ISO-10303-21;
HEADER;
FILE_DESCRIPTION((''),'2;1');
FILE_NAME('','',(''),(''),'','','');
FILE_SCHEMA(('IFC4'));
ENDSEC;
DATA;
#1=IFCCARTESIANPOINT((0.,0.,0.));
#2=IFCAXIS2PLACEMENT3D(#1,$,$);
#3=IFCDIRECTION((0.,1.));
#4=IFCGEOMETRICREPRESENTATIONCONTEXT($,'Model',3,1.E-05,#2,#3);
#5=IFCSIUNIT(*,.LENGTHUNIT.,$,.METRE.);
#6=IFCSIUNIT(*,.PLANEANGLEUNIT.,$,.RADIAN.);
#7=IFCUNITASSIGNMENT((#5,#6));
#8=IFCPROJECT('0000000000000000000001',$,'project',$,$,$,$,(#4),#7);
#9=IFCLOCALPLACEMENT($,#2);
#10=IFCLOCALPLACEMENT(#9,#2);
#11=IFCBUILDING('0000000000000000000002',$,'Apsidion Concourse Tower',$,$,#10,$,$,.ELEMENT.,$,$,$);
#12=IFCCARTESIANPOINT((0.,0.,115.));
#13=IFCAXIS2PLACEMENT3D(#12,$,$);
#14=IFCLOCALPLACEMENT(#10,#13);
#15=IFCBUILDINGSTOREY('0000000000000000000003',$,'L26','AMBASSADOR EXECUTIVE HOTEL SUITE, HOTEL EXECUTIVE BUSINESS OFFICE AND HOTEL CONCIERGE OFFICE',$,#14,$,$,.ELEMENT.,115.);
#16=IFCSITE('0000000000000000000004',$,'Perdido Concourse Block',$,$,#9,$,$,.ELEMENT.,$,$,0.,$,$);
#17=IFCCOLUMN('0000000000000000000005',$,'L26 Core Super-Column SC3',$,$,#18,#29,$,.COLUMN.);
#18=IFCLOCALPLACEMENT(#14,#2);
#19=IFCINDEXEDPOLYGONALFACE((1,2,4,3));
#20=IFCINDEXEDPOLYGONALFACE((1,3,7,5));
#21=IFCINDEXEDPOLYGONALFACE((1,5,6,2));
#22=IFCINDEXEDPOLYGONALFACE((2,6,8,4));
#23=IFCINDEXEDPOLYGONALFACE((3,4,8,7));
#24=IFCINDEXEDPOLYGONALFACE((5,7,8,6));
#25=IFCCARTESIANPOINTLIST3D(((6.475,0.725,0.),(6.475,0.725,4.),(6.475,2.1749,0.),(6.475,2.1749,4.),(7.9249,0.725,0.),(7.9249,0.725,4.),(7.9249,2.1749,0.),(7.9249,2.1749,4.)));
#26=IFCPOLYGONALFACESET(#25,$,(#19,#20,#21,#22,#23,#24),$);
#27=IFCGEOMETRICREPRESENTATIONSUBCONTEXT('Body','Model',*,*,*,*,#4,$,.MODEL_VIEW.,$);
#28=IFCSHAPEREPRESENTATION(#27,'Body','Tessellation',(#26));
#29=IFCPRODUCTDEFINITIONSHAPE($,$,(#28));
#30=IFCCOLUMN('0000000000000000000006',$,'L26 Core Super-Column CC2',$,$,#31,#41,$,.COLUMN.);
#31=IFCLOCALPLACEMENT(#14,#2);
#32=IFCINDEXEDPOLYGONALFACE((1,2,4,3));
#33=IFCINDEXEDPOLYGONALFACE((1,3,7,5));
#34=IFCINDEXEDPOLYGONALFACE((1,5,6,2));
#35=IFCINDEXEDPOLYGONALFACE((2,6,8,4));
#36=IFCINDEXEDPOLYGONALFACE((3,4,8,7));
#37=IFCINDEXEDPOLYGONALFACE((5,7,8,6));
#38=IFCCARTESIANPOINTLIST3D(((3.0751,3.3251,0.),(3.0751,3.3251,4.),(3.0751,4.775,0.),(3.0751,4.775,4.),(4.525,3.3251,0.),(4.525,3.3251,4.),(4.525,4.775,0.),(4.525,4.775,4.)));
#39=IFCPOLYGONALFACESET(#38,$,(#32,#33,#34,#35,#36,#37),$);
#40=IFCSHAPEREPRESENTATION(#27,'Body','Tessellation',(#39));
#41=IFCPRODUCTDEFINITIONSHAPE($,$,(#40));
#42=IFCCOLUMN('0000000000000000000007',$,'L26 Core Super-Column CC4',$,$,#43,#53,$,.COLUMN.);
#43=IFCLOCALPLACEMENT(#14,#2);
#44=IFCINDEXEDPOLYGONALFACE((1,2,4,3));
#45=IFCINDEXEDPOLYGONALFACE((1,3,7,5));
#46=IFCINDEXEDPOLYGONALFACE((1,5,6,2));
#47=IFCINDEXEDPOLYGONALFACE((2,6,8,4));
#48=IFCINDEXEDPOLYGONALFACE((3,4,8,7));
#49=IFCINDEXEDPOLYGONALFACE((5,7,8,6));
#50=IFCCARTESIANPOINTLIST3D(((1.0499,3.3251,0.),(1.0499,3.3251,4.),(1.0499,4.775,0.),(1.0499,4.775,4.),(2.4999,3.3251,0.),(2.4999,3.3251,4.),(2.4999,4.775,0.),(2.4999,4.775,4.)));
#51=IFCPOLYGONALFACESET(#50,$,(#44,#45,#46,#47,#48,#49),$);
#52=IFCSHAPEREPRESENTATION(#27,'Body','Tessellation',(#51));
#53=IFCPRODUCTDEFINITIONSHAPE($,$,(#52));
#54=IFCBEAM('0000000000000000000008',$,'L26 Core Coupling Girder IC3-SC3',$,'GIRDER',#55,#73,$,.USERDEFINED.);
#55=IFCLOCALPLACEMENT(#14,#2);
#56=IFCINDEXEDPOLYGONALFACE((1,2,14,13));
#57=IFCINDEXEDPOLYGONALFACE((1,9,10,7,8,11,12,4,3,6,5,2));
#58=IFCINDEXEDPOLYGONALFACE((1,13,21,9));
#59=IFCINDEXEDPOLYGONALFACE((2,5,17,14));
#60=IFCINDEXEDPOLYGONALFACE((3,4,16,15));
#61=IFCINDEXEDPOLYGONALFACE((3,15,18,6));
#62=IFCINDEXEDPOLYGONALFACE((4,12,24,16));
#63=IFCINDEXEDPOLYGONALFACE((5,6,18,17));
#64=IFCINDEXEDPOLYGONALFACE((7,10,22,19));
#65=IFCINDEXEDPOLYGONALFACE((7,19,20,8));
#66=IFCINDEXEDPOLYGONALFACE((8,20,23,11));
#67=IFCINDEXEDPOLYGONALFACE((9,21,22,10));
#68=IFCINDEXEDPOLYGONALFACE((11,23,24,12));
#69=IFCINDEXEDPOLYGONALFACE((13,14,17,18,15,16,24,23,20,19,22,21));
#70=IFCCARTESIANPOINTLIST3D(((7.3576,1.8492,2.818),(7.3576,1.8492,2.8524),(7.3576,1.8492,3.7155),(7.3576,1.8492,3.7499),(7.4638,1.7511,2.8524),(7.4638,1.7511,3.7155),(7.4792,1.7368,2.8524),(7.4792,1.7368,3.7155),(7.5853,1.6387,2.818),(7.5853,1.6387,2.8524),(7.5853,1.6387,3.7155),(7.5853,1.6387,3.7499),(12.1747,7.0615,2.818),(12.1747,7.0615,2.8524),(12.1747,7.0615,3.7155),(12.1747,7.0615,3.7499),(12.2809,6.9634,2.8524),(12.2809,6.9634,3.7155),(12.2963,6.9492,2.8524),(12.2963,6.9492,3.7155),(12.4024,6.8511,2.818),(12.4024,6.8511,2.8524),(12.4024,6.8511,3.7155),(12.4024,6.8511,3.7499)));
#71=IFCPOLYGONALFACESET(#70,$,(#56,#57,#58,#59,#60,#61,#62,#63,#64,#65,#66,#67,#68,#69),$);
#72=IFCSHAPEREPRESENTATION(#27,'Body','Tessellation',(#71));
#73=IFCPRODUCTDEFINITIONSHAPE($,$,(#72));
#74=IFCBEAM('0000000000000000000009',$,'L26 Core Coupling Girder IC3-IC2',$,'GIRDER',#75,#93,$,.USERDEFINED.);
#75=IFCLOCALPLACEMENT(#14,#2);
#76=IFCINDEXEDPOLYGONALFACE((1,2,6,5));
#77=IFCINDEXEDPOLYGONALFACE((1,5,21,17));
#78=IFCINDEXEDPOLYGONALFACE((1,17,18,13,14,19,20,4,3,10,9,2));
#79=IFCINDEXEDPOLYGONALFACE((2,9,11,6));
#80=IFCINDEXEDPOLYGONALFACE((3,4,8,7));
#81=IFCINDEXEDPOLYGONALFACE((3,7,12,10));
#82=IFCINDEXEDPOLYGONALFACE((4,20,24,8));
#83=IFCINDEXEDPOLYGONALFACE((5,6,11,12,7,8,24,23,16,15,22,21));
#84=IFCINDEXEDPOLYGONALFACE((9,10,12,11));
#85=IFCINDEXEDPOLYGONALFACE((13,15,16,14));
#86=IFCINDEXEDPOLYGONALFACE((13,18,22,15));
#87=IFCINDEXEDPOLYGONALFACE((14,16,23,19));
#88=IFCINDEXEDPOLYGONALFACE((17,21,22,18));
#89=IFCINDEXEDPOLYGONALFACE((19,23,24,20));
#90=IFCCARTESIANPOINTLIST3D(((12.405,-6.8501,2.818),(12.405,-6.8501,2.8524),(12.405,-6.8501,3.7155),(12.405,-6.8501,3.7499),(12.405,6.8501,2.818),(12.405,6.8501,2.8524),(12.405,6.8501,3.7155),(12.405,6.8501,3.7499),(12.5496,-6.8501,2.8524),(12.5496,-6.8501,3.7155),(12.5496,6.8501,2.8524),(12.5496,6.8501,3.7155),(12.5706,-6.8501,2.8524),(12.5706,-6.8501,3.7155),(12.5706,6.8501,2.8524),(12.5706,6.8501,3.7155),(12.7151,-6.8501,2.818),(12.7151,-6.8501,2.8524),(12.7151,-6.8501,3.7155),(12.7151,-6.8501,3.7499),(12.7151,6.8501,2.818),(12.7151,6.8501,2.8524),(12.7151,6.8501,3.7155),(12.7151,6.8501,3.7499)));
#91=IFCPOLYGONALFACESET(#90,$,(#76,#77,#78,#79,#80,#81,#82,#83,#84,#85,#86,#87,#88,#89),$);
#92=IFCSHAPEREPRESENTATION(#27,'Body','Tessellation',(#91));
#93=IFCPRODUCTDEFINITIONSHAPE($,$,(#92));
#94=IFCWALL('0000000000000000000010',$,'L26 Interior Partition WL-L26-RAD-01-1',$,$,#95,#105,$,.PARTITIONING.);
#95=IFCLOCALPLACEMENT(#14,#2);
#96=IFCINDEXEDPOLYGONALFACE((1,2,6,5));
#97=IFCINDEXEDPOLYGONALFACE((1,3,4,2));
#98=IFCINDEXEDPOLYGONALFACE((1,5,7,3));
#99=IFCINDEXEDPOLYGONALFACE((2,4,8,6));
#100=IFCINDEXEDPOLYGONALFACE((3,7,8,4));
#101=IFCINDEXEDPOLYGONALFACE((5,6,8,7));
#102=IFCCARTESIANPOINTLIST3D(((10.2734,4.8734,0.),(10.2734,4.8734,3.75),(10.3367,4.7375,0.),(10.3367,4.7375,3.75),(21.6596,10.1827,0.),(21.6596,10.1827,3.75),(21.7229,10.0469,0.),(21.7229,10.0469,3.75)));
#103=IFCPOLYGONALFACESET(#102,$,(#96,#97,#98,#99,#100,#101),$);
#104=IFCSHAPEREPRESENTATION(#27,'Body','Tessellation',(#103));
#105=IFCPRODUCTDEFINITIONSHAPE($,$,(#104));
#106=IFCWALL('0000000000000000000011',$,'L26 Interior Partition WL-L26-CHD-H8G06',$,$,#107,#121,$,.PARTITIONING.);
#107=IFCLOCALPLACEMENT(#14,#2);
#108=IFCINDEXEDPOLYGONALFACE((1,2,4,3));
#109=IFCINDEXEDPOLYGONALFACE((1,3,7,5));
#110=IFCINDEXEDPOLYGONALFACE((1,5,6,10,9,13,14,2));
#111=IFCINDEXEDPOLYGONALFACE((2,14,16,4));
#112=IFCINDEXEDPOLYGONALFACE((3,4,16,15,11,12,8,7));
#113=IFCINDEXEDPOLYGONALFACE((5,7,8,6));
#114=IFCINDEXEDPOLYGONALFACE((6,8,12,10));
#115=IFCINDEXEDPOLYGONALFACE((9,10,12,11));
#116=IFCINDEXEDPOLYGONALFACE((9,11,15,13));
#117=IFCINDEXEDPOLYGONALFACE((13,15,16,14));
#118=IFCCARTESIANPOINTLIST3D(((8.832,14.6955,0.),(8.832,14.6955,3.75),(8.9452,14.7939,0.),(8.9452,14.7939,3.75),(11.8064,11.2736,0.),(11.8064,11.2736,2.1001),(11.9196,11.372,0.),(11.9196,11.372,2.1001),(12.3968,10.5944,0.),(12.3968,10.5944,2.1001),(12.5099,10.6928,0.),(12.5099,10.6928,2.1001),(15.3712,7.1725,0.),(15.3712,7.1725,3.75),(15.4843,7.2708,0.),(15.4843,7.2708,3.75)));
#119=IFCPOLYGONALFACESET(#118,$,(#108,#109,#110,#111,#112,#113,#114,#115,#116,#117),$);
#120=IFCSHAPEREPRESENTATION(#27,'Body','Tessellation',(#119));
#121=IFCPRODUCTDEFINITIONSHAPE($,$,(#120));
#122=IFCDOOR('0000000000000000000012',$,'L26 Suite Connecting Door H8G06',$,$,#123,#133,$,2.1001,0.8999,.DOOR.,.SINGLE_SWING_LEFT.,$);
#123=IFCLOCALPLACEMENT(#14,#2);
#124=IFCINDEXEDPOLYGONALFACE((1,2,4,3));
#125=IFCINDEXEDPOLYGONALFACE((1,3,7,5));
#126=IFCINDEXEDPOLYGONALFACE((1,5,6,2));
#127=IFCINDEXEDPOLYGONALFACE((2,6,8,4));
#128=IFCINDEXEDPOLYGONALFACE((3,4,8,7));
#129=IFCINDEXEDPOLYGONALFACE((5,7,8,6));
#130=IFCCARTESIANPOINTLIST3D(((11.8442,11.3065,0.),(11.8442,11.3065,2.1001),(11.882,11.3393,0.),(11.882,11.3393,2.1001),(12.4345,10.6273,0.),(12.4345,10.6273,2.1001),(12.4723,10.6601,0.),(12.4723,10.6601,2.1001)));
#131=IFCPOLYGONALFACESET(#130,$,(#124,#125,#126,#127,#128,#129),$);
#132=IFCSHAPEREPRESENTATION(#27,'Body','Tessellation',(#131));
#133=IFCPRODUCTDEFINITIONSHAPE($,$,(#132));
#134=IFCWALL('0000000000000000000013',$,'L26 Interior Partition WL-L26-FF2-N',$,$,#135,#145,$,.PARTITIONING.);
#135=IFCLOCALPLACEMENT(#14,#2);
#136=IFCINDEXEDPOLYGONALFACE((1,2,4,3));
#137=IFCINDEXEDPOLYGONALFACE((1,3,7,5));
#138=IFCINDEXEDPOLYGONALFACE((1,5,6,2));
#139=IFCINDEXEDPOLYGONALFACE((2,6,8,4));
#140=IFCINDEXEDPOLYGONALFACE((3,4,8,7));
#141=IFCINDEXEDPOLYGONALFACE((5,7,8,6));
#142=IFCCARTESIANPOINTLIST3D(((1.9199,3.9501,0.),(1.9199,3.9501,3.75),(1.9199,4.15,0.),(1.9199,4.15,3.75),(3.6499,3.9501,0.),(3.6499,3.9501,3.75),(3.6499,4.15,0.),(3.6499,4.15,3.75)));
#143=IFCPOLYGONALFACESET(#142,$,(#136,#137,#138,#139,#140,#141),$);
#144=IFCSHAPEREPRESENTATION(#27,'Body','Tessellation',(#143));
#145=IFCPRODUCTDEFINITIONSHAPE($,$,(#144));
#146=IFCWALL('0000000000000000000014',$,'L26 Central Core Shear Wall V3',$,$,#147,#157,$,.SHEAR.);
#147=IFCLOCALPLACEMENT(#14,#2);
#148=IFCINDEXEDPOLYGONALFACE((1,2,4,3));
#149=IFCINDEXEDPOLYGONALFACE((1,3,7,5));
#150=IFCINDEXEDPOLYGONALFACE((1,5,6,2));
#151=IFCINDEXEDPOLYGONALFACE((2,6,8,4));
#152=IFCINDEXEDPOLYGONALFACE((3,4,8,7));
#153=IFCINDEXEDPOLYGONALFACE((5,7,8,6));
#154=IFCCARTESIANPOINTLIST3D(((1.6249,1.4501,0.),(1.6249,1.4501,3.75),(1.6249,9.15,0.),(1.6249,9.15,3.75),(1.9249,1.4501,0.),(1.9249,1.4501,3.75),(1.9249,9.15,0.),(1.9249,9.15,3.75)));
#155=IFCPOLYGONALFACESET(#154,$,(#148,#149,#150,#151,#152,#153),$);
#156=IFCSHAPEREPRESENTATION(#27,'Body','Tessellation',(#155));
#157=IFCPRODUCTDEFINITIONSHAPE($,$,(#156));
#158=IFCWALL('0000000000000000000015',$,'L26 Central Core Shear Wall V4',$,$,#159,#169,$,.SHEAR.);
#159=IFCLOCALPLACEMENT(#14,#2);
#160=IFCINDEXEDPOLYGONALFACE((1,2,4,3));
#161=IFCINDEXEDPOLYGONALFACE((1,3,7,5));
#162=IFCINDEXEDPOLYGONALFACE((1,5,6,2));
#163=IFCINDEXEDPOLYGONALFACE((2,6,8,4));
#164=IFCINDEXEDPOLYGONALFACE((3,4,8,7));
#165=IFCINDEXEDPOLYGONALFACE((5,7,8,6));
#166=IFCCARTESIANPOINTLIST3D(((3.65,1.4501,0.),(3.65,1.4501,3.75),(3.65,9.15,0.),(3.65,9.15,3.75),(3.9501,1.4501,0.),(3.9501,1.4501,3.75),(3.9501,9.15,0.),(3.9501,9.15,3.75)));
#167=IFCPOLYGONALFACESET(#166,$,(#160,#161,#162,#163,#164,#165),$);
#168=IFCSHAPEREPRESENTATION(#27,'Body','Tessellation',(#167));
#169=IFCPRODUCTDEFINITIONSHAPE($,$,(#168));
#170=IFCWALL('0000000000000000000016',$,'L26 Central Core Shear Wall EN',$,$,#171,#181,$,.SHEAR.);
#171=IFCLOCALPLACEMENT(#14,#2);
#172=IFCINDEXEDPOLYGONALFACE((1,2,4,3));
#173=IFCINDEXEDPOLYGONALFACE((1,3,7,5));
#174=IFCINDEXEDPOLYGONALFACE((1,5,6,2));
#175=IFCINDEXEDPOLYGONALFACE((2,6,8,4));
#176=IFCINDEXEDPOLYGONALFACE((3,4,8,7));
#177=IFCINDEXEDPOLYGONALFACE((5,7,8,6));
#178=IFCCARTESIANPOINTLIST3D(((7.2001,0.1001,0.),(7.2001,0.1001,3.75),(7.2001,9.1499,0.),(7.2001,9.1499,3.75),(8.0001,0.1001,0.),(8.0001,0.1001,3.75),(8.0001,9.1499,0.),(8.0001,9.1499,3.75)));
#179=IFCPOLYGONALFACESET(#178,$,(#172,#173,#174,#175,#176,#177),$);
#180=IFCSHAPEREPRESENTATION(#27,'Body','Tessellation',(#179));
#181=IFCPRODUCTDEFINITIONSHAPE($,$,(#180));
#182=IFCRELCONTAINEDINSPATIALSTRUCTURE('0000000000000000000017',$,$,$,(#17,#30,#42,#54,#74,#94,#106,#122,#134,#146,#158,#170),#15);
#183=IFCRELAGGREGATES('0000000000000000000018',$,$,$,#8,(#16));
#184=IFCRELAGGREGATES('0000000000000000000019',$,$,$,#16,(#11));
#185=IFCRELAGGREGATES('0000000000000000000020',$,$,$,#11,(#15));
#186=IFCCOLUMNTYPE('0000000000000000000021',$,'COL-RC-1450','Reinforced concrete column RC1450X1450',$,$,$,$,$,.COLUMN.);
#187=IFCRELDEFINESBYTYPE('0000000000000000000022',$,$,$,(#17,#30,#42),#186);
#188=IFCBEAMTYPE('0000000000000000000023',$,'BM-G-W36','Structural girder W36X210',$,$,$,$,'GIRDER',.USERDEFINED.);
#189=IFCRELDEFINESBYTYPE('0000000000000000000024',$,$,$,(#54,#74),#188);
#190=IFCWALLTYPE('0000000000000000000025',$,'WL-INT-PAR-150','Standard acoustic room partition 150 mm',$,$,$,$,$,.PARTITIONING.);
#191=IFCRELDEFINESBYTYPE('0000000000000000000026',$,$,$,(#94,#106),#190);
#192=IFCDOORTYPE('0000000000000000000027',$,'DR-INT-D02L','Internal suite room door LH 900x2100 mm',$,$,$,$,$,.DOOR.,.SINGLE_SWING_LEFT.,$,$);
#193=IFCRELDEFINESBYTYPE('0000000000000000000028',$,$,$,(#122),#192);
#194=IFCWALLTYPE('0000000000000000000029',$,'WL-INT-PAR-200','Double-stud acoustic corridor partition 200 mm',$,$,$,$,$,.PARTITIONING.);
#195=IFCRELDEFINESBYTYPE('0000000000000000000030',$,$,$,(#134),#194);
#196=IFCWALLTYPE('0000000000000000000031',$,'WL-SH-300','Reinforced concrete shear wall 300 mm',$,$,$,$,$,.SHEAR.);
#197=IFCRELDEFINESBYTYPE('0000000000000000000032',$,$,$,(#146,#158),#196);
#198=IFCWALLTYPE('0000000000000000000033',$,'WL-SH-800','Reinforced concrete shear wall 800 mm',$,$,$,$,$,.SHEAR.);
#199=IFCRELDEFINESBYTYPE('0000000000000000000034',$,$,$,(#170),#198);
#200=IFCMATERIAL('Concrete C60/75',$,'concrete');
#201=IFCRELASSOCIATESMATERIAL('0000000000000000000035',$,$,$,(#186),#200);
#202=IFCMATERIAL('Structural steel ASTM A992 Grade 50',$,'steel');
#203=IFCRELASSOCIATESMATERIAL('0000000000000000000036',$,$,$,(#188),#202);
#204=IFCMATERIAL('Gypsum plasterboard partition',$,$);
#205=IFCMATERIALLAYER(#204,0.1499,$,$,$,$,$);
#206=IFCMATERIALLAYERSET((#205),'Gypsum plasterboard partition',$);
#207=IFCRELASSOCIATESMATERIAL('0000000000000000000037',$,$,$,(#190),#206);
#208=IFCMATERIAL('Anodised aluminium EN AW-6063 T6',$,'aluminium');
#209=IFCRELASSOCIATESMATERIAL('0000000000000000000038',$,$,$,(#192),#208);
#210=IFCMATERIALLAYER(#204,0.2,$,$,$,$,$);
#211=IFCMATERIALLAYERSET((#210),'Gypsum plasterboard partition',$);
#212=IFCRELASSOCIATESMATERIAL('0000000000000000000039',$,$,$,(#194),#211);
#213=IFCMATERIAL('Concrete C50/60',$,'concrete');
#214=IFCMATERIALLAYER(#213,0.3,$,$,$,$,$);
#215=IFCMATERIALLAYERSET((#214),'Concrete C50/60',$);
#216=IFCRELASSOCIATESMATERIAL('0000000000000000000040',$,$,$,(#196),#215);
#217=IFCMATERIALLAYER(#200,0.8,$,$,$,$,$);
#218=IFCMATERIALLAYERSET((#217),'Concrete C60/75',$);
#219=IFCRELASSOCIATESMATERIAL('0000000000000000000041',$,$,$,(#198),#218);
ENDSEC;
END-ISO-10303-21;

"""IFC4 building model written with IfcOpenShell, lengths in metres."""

from ifc_helpers import new_model, si_unit, direction, frame, frame_2d, origin, origin_2d, place, context, subcontext, project, spatial, rectangle, i_section, extrude, material, layer, layer_set, material_profile, profile_set, type_object, element, fill, save


model = new_model("IFC4")

# Units and contexts
model_context = context("Model", 3, precision=1e-05, world=origin(), true_north=direction((0.0, 1.0)))
body_context = subcontext(model_context, "Body", "Model", "MODEL_VIEW")
ifc_project = project(units=[si_unit("LENGTHUNIT", "METRE"), si_unit("PLANEANGLEUNIT", "RADIAN")], contexts=[model_context])

# Site, building, storey
site_placement = place(None, origin())
site = spatial("IfcSite", under=ifc_project, at=site_placement, Name="Perdido Concourse Block", CompositionType="ELEMENT", RefElevation=0.0)
building_placement = place(site_placement, origin())
building = spatial("IfcBuilding", under=site, at=building_placement, Name="Apsidion Concourse Tower", CompositionType="ELEMENT")
storey_placement = place(building_placement, frame((0.0, 0.0, 115.0)))
storey = spatial("IfcBuildingStorey", under=building, at=storey_placement, Name="L26", Description="AMBASSADOR EXECUTIVE HOTEL SUITE, HOTEL EXECUTIVE BUSINESS OFFICE AND HOTEL CONCIERGE OFFICE", CompositionType="ELEMENT", Elevation=115.0)

# Columns
ifc_material_1 = material(Name="Concrete C60/75", Category="concrete")
ifc_material_profile_1 = material_profile(ifc_material_1, rectangle(XDim=1.45, YDim=1.45, at=origin_2d()), Name="RC 1450x1450")
ifc_profile_set_1 = profile_set([ifc_material_profile_1], Name="Concrete C60/75")
column_type = type_object("IfcColumnType", Name="COL-RC-1450", Description="Reinforced concrete column RC1450X1450", PredefinedType="COLUMN", material=ifc_profile_set_1)
for number, where, z_axis, x_axis, name in (
    (1, (7.2, 1.45, 0.0), (0.0, 0.0, 1.0), (1.0, 0.0, 0.0), "L26 Core Super-Column SC3"),
    (2, (3.8, 4.05, 0.0), (0.0, 0.0, 1.0), (1.0, 0.0, 0.0), "L26 Core Super-Column CC2"),
    (3, (1.7749, 4.05, 0.0), (0.0, 0.0, 1.0), (1.0, 0.0, 0.0), "L26 Core Super-Column CC4"),
):
    element("IfcColumn", number, at=place(storey_placement, frame(where, z_axis=z_axis, x_axis=x_axis)), inside=storey, type_object=column_type, Name=name, PredefinedType="COLUMN", context=body_context, shape_type="SweptSolid", body=[
        extrude(rectangle(XDim=1.45, YDim=1.45, at=origin_2d()), origin(), (0.0, 0.0, 1.0), 4.0),
    ])

# Beams
ifc_material_2 = material(Name="Structural steel ASTM A992 Grade 50", Category="steel")
ifc_material_profile_2 = material_profile(ifc_material_2, i_section(OverallWidth=0.3101, OverallDepth=0.9319, WebThickness=0.021, FlangeThickness=0.0344, at=origin_2d()), Name="W36X210")
ifc_profile_set_2 = profile_set([ifc_material_profile_2], Name="Structural steel ASTM A992 Grade 50")
beam_type = type_object("IfcBeamType", Name="BM-G-W36", Description="Structural girder W36X210", ElementType="GIRDER", PredefinedType="USERDEFINED", material=ifc_profile_set_2)
beam_1_placement = place(storey_placement, frame((12.2886, 6.9563, 3.2839), z_axis=(-0.678713, -0.734404, 0.0), x_axis=(0.734404, -0.678713, 0.0)))
element("IfcBeam", 4, at=beam_1_placement, inside=storey, type_object=beam_type, Name="L26 Core Coupling Girder IC3-SC3", ObjectType="GIRDER", PredefinedType="USERDEFINED", context=body_context, shape_type="SweptSolid", body=[
    extrude(i_section(OverallWidth=0.3101, OverallDepth=0.9319, WebThickness=0.021, FlangeThickness=0.0344, at=origin_2d()), origin(), (0.0, 0.0, 1.0), 7.0974),
])
beam_2_placement = place(storey_placement, frame((12.5601, 6.8501, 3.2839), z_axis=(0.0, -1.0, 0.0), x_axis=(1.0, 0.0, 0.0)))
element("IfcBeam", 5, at=beam_2_placement, inside=storey, type_object=beam_type, Name="L26 Core Coupling Girder IC3-IC2", ObjectType="GIRDER", PredefinedType="USERDEFINED", context=body_context, shape_type="SweptSolid", body=[
    extrude(i_section(OverallWidth=0.3101, OverallDepth=0.9319, WebThickness=0.021, FlangeThickness=0.0344, at=origin_2d()), origin(), (0.0, 0.0, 1.0), 13.7002),
])

# Wall
ifc_material_3 = material(Name="Gypsum plasterboard partition")
ifc_layer_1 = layer(ifc_material_3, 0.1499)
ifc_layer_set_1 = layer_set([ifc_layer_1], Name="Gypsum plasterboard partition")
wall_type_1 = type_object("IfcWallType", Name="WL-INT-PAR-150", Description="Standard acoustic room partition 150 mm", PredefinedType="PARTITIONING", material=ifc_layer_set_1)
wall_1_placement = place(storey_placement, frame((10.3049, 4.8054, 0.0), z_axis=(0.0, 0.0, 1.0), x_axis=(0.906313, 0.422608, 0.0)))
element("IfcWall", 6, at=wall_1_placement, inside=storey, type_object=wall_type_1, Name="L26 Interior Partition WL-L26-RAD-01-1", PredefinedType="PARTITIONING", context=body_context, shape_type="SweptSolid", body=[
    extrude(rectangle(XDim=12.5632, YDim=0.1499, at=frame_2d((6.2817, 0.0))), origin(), (0.0, 0.0, 1.0), 3.75),
])

# Wall, opening, door
wall_2_placement = place(storey_placement, frame((15.4277, 7.2217, 0.0), z_axis=(0.0, 0.0, 1.0), x_axis=(-0.656028, 0.754736, 0.0)))
wall_2 = element("IfcWall", 7, at=wall_2_placement, inside=storey, type_object=wall_type_1, Name="L26 Interior Partition WL-L26-CHD-H8G06", PredefinedType="PARTITIONING", context=body_context, shape_type="SweptSolid", body=[
    extrude(rectangle(XDim=9.9678, YDim=0.1499, at=frame_2d((4.9839, 0.0))), origin(), (0.0, 0.0, 1.0), 3.75),
])
opening_placement = place(wall_2_placement, frame((4.5339, 0.0, 0.0)))
opening = element("IfcOpeningElement", 8, at=opening_placement, cuts=wall_2, PredefinedType="OPENING", context=body_context, shape_type="SweptSolid", body=[
    extrude(rectangle(XDim=0.8999, YDim=2.1001, at=frame_2d((0.45, 1.05))), frame((0.0, 0.085, 0.0), z_axis=(0.0, -1.0, 0.0), x_axis=(1.0, 0.0, 0.0)), (0.0, 0.0, 1.0), 0.1699),
])
ifc_material_4 = material(Name="Anodised aluminium EN AW-6063 T6", Category="aluminium")
door_type = type_object("IfcDoorType", Name="DR-INT-D02L", Description="Internal suite room door LH 900x2100 mm", OperationType="SINGLE_SWING_LEFT", PredefinedType="DOOR", material=ifc_material_4)
door_placement = place(opening_placement, origin())
door = element("IfcDoor", 9, at=door_placement, inside=storey, type_object=door_type, Name="L26 Suite Connecting Door H8G06", OperationType="SINGLE_SWING_LEFT", OverallHeight=2.1001, OverallWidth=0.8999, PredefinedType="DOOR", context=body_context, shape_type="SweptSolid", body=[
    extrude(rectangle(XDim=0.8999, YDim=2.1001, at=frame_2d((0.45, 1.05))), frame((0.0, 0.0249, 0.0), z_axis=(0.0, -1.0, 0.0), x_axis=(1.0, 0.0, 0.0)), (0.0, 0.0, 1.0), 0.05),
])
fill(opening, door)

# Walls
ifc_layer_2 = layer(ifc_material_3, 0.2)
ifc_layer_set_2 = layer_set([ifc_layer_2], Name="Gypsum plasterboard partition")
wall_type_2 = type_object("IfcWallType", Name="WL-INT-PAR-200", Description="Double-stud acoustic corridor partition 200 mm", PredefinedType="PARTITIONING", material=ifc_layer_set_2)
wall_3_placement = place(storey_placement, frame((1.9199, 4.05, 0.0), z_axis=(0.0, 0.0, 1.0), x_axis=(1.0, 0.0, 0.0)))
element("IfcWall", 10, at=wall_3_placement, inside=storey, type_object=wall_type_2, Name="L26 Interior Partition WL-L26-FF2-N", PredefinedType="PARTITIONING", context=body_context, shape_type="SweptSolid", body=[
    extrude(rectangle(XDim=1.73, YDim=0.2, at=frame_2d((0.865, 0.0))), origin(), (0.0, 0.0, 1.0), 3.75),
])
ifc_material_5 = material(Name="Concrete C50/60", Category="concrete")
ifc_layer_3 = layer(ifc_material_5, 0.3)
ifc_layer_set_3 = layer_set([ifc_layer_3], Name="Concrete C50/60")
wall_type_3 = type_object("IfcWallType", Name="WL-SH-300", Description="Reinforced concrete shear wall 300 mm", PredefinedType="SHEAR", material=ifc_layer_set_3)
for number, where, z_axis, x_axis, name in (
    (11, (1.7749, 1.45, 0.0), (0.0, 0.0, 1.0), (0.0, 1.0, 0.0), "L26 Central Core Shear Wall V3"),
    (12, (3.8, 1.45, 0.0), (0.0, 0.0, 1.0), (0.0, 1.0, 0.0), "L26 Central Core Shear Wall V4"),
):
    element("IfcWall", number, at=place(storey_placement, frame(where, z_axis=z_axis, x_axis=x_axis)), inside=storey, type_object=wall_type_3, Name=name, PredefinedType="SHEAR", context=body_context, shape_type="SweptSolid", body=[
        extrude(rectangle(XDim=7.7, YDim=0.3, at=frame_2d((3.8501, 0.0))), origin(), (0.0, 0.0, 1.0), 3.75),
    ])
ifc_layer_4 = layer(ifc_material_1, 0.8)
ifc_layer_set_4 = layer_set([ifc_layer_4], Name="Concrete C60/75")
wall_type_4 = type_object("IfcWallType", Name="WL-SH-800", Description="Reinforced concrete shear wall 800 mm", PredefinedType="SHEAR", material=ifc_layer_set_4)
wall_4_placement = place(storey_placement, frame((7.6001, 0.1001, 0.0), z_axis=(0.0, 0.0, 1.0), x_axis=(0.0, 1.0, 0.0)))
element("IfcWall", 13, at=wall_4_placement, inside=storey, type_object=wall_type_4, Name="L26 Central Core Shear Wall EN", PredefinedType="SHEAR", context=body_context, shape_type="SweptSolid", body=[
    extrude(rectangle(XDim=9.0498, YDim=0.8, at=frame_2d((4.5249, 0.0))), origin(), (0.0, 0.0, 1.0), 3.75),
])

save(model, "model.ifc")
